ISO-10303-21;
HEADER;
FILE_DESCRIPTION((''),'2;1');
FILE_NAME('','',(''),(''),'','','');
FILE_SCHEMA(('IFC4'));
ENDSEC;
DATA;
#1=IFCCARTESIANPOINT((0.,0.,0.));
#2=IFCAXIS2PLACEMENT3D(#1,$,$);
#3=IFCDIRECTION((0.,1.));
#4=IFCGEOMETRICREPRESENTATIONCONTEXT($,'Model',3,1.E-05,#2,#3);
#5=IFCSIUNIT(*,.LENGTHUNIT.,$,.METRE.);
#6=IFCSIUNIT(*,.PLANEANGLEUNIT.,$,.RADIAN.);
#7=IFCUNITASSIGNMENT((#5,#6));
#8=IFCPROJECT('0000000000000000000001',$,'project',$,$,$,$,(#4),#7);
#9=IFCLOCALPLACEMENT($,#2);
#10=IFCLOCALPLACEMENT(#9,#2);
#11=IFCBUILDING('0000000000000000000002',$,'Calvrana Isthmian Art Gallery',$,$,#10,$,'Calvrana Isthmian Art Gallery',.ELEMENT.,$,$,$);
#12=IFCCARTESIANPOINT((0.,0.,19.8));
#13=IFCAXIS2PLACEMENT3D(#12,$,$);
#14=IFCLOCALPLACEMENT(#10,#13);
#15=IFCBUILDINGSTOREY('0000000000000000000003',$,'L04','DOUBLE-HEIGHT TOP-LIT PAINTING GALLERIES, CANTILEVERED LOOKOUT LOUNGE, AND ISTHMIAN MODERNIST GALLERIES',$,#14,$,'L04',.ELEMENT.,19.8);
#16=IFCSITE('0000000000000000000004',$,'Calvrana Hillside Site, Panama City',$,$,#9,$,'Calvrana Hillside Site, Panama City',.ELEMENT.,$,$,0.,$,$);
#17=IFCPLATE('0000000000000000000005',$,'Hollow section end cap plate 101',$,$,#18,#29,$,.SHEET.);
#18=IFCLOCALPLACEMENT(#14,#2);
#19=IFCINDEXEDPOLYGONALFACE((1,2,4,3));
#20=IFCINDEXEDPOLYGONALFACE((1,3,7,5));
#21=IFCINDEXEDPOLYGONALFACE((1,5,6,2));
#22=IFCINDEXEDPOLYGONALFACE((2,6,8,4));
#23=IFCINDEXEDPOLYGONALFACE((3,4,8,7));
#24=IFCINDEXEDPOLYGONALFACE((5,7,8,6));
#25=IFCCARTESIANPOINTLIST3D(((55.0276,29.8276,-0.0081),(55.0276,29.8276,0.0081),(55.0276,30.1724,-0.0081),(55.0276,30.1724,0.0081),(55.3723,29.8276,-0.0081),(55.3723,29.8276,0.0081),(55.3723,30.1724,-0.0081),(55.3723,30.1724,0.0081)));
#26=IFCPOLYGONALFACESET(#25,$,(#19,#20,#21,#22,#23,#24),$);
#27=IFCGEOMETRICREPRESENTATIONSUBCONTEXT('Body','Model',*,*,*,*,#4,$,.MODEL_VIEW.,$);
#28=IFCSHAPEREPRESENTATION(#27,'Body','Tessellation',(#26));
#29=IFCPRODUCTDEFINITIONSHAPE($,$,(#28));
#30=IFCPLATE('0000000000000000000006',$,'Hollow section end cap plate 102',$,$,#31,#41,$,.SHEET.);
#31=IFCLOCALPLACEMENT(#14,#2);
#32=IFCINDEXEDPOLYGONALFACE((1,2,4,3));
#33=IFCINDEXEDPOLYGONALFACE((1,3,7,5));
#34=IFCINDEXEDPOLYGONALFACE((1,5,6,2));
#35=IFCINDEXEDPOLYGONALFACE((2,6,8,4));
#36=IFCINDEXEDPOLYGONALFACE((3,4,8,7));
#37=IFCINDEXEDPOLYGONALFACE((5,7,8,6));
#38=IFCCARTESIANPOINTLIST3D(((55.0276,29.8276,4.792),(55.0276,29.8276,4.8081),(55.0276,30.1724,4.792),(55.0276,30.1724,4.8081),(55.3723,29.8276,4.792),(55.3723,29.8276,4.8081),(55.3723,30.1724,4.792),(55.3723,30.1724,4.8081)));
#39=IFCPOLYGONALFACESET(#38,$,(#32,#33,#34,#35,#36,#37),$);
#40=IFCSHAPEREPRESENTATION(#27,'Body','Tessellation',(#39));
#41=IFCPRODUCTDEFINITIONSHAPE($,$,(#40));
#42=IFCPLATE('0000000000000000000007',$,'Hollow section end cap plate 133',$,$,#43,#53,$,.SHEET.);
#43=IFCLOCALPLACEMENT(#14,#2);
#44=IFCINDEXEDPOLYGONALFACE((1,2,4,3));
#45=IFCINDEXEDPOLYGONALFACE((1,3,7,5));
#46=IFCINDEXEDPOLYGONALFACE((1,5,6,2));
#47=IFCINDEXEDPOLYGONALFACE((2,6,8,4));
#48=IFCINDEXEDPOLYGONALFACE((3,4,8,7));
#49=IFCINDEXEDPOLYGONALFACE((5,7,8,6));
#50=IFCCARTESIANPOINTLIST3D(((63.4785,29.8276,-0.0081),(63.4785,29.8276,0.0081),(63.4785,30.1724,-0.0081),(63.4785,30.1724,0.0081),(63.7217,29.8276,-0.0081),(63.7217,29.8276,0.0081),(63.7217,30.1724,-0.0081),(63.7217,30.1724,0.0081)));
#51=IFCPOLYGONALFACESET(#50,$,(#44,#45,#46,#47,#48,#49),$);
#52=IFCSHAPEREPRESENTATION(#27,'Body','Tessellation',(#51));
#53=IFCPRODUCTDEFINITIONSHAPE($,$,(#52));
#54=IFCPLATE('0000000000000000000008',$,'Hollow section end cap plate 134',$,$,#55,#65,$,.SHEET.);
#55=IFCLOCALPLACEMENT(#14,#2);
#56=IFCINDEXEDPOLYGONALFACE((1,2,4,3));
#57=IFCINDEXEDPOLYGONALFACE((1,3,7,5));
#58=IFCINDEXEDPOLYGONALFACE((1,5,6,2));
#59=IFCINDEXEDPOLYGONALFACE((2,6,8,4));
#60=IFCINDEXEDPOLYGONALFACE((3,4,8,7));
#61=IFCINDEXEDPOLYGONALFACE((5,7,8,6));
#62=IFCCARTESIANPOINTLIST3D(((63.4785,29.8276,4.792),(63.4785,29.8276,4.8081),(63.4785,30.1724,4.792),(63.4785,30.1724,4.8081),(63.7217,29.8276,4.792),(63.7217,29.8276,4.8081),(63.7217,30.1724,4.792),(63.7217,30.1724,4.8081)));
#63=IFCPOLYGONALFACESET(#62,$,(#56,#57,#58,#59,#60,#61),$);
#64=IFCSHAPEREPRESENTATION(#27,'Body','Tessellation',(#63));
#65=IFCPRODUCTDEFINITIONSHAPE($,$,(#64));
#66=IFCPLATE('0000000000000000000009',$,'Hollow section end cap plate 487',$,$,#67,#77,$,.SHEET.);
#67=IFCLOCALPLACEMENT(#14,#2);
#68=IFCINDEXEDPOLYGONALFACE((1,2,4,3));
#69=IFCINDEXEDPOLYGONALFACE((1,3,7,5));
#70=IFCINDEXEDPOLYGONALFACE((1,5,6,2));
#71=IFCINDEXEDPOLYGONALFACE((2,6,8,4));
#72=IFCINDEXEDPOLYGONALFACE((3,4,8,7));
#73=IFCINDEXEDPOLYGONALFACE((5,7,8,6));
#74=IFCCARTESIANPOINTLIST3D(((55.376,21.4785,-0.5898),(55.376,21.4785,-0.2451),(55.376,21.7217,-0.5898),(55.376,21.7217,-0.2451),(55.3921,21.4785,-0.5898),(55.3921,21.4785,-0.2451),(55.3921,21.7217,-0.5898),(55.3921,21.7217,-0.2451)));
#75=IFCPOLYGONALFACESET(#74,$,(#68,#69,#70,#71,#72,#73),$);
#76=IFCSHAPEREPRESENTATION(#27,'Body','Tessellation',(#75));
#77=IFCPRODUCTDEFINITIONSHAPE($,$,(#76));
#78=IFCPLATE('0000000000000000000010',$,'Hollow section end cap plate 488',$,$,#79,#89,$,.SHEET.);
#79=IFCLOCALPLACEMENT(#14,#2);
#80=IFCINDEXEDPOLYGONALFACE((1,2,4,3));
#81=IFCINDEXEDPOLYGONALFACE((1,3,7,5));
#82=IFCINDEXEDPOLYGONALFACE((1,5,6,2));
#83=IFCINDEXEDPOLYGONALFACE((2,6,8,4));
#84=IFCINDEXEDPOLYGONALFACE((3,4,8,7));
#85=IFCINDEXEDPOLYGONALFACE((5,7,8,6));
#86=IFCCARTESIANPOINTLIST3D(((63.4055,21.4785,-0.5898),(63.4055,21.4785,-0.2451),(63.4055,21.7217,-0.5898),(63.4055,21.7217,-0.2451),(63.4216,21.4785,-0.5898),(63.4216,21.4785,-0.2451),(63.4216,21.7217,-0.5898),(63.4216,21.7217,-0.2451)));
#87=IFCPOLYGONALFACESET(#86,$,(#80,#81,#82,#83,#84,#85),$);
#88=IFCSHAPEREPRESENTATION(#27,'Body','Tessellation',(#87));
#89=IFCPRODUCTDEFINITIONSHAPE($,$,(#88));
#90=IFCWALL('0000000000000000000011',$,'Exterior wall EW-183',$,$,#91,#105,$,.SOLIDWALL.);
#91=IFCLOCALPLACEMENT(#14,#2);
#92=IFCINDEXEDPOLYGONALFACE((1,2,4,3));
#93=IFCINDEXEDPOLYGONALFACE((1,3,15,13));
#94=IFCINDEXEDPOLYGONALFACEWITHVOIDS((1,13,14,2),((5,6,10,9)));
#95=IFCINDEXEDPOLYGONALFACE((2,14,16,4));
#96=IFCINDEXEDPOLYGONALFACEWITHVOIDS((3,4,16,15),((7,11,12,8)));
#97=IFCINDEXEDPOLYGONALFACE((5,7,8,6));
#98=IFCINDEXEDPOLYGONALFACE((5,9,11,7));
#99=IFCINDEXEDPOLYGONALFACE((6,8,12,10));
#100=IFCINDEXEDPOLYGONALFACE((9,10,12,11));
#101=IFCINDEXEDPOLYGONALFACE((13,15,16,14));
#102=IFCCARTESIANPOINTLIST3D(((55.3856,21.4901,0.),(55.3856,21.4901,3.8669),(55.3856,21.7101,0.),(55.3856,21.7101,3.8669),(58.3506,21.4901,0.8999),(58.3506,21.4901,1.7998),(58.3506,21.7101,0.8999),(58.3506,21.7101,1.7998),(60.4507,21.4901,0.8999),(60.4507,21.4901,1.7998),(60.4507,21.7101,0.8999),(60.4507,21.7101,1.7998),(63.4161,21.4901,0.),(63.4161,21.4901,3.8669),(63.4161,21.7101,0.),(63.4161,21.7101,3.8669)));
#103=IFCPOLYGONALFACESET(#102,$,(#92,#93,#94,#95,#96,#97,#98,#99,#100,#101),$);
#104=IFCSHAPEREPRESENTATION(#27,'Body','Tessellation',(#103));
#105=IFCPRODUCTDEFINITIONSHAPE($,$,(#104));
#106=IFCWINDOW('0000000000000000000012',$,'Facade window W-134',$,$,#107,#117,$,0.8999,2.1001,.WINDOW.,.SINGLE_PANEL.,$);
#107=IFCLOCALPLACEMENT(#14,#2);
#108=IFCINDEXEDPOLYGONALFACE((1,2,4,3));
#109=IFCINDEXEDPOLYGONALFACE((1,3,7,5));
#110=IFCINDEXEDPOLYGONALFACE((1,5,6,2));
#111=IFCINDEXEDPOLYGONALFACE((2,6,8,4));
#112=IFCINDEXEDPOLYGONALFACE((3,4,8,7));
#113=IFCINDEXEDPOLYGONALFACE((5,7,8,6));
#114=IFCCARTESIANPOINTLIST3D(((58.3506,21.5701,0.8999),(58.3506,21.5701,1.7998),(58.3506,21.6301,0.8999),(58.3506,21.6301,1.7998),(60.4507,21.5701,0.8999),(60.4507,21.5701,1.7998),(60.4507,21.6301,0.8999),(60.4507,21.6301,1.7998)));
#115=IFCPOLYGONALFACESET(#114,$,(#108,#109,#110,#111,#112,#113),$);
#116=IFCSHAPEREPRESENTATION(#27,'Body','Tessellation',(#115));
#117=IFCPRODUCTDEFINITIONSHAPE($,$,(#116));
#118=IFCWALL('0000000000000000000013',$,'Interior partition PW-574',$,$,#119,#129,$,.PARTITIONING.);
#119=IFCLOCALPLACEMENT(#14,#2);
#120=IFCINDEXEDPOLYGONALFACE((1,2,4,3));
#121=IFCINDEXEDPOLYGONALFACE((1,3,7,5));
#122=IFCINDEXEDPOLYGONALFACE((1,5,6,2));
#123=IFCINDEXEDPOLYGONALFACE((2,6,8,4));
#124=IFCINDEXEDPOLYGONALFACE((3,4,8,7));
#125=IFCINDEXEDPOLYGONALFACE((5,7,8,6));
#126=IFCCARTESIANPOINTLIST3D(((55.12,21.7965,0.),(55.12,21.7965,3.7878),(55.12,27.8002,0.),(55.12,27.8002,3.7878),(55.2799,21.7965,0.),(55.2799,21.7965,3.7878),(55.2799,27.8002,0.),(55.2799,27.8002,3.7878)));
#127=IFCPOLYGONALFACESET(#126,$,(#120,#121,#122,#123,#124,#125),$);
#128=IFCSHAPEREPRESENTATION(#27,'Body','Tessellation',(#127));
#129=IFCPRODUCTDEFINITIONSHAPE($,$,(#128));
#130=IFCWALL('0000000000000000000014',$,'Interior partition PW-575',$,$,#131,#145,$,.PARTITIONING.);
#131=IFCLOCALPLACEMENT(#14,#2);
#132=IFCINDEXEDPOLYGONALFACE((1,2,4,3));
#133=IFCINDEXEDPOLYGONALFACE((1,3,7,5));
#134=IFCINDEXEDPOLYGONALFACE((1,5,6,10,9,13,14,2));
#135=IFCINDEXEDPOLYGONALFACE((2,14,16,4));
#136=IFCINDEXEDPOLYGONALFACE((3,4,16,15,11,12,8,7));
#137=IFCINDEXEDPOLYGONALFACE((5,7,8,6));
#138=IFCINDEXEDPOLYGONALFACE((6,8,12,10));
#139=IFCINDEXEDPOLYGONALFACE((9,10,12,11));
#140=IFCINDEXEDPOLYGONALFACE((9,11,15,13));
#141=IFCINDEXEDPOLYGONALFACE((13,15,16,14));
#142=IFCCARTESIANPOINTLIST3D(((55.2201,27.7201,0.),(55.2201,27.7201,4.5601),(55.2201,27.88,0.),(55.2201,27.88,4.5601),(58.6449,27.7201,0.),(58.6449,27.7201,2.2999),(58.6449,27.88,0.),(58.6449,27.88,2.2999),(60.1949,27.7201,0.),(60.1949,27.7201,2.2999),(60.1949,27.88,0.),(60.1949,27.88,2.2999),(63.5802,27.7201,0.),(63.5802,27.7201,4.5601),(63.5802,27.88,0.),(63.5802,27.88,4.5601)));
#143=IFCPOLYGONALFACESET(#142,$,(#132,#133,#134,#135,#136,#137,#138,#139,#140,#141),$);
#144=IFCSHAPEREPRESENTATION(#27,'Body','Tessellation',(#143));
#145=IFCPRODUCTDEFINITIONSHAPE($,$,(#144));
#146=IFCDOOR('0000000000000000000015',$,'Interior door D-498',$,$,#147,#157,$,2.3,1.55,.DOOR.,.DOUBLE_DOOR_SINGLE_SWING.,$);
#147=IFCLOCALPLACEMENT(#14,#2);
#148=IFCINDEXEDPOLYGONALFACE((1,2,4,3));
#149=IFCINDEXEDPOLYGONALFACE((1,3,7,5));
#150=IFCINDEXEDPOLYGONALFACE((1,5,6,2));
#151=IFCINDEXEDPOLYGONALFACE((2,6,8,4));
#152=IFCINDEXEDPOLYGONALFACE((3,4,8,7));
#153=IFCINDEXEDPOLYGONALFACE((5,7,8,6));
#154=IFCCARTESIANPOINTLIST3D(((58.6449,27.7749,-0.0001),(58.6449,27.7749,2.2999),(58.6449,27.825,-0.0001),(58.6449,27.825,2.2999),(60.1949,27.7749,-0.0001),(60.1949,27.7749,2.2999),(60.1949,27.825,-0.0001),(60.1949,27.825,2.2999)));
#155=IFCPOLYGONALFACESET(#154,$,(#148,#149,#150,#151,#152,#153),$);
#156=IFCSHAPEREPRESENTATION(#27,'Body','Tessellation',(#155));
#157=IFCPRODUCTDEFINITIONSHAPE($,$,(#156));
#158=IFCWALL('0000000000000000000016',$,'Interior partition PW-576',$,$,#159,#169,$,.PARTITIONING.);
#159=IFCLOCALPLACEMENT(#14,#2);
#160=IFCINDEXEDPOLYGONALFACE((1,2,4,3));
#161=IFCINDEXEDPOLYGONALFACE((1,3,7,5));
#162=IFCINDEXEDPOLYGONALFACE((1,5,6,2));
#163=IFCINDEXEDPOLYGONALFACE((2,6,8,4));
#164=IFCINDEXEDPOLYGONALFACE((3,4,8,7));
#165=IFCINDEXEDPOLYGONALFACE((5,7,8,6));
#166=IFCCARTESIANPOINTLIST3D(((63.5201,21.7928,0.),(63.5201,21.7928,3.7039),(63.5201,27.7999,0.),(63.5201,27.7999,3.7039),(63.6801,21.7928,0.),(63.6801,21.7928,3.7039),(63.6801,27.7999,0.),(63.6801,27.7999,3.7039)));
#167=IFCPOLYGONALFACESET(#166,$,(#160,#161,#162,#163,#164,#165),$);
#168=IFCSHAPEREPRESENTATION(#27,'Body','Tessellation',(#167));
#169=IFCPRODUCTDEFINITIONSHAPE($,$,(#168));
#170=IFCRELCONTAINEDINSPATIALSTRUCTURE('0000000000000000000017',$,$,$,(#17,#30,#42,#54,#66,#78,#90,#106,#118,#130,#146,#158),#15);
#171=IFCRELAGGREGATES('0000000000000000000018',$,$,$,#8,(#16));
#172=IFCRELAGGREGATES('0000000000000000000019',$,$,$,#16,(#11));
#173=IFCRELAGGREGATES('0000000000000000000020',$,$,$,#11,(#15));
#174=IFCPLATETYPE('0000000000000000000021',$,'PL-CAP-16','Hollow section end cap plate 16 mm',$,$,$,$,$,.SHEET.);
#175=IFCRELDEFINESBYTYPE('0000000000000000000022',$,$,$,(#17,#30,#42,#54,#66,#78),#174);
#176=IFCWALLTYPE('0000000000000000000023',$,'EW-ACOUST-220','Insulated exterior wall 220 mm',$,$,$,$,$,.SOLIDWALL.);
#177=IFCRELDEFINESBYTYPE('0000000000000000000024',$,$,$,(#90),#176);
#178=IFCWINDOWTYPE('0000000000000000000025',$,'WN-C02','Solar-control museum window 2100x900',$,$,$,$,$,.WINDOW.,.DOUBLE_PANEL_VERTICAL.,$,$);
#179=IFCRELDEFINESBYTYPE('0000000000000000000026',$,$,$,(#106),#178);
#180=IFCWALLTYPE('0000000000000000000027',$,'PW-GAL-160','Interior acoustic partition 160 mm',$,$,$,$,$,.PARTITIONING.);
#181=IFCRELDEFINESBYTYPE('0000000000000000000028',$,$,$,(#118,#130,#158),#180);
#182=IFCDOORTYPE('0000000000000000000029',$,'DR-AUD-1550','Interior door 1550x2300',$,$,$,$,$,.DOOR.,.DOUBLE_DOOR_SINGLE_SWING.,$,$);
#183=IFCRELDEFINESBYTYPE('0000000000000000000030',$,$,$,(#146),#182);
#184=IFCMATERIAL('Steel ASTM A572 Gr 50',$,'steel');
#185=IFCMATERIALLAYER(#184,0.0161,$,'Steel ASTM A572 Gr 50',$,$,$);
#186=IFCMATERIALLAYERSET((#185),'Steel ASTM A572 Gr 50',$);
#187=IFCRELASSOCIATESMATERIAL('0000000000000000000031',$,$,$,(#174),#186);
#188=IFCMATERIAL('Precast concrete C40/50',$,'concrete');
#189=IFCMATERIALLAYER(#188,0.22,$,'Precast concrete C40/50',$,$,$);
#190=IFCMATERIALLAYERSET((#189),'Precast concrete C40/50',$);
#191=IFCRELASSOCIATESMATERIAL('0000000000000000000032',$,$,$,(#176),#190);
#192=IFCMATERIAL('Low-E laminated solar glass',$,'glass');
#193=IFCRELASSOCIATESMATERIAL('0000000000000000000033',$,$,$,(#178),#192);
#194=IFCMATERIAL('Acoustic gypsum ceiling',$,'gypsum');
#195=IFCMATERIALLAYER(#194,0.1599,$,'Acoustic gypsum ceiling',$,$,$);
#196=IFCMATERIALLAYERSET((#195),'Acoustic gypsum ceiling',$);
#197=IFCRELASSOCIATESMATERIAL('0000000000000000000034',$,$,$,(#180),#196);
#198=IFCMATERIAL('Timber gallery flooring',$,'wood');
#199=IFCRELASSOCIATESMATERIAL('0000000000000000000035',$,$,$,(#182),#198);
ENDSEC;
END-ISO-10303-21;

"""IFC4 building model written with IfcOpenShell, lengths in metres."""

from ifc_helpers import new_model, si_unit, direction, frame, frame_2d, origin, origin_2d, place, context, subcontext, project, spatial, rectangle, extrude, material, layer, layer_set, type_object, element, fill, save


model = new_model("IFC4")

# Units and contexts
model_context = context("Model", 3, precision=1e-05, world=origin(), true_north=direction((0.0, 1.0)))
body_context = subcontext(model_context, "Body", "Model", "MODEL_VIEW")
ifc_project = project(units=[si_unit("LENGTHUNIT", "METRE"), si_unit("PLANEANGLEUNIT", "RADIAN")], contexts=[model_context])

# Site, building, storey
site_placement = place(None, origin())
site = spatial("IfcSite", under=ifc_project, at=site_placement, Name="Calvrana Hillside Site, Panama City", LongName="Calvrana Hillside Site, Panama City", CompositionType="ELEMENT", RefElevation=0.0)
building_placement = place(site_placement, origin())
building = spatial("IfcBuilding", under=site, at=building_placement, Name="Calvrana Isthmian Art Gallery", LongName="Calvrana Isthmian Art Gallery", CompositionType="ELEMENT")
storey_placement = place(building_placement, frame((0.0, 0.0, 19.8)))
storey = spatial("IfcBuildingStorey", under=building, at=storey_placement, Name="L04", Description="DOUBLE-HEIGHT TOP-LIT PAINTING GALLERIES, CANTILEVERED LOOKOUT LOUNGE, AND ISTHMIAN MODERNIST GALLERIES", LongName="L04", CompositionType="ELEMENT", Elevation=19.8)

# Plates
ifc_material_1 = material(Name="Steel ASTM A572 Gr 50", Category="steel")
ifc_layer_1 = layer(ifc_material_1, 0.0161, Name="Steel ASTM A572 Gr 50")
ifc_layer_set_1 = layer_set([ifc_layer_1], Name="Steel ASTM A572 Gr 50")
plate_type = type_object("IfcPlateType", Name="PL-CAP-16", Description="Hollow section end cap plate 16 mm", PredefinedType="SHEET", material=ifc_layer_set_1)
for number, where, z_axis, x_axis, name in (
    (1, (55.2, 30.0, -0.0081), (0.0, 0.0, 1.0), (1.0, 0.0, 0.0), "Hollow section end cap plate 101"),
    (2, (55.2, 30.0, 4.792), (0.0, 0.0, 1.0), (1.0, 0.0, 0.0), "Hollow section end cap plate 102"),
):
    element("IfcPlate", number, at=place(storey_placement, frame(where, z_axis=z_axis, x_axis=x_axis)), inside=storey, type_object=plate_type, Name=name, PredefinedType="SHEET", context=body_context, shape_type="SweptSolid", body=[
        extrude(rectangle(XDim=0.3447, YDim=0.3447, at=origin_2d()), origin(), (0.0, 0.0, 1.0), 0.0161),
    ])
for number, where, z_axis, x_axis, name in (
    (3, (63.6001, 30.0, -0.0081), (0.0, 0.0, 1.0), (1.0, 0.0, 0.0), "Hollow section end cap plate 133"),
    (4, (63.6001, 30.0, 4.792), (0.0, 0.0, 1.0), (1.0, 0.0, 0.0), "Hollow section end cap plate 134"),
):
    element("IfcPlate", number, at=place(storey_placement, frame(where, z_axis=z_axis, x_axis=x_axis)), inside=storey, type_object=plate_type, Name=name, PredefinedType="SHEET", context=body_context, shape_type="SweptSolid", body=[
        extrude(rectangle(XDim=0.2432, YDim=0.3447, at=origin_2d()), origin(), (0.0, 0.0, 1.0), 0.0161),
    ])
for number, where, z_axis, x_axis, name in (
    (5, (55.384, 21.6001, -0.5898), (0.0, 0.0, 1.0), (1.0, 0.0, 0.0), "Hollow section end cap plate 487"),
    (6, (63.4136, 21.6001, -0.5898), (0.0, 0.0, 1.0), (1.0, 0.0, 0.0), "Hollow section end cap plate 488"),
):
    element("IfcPlate", number, at=place(storey_placement, frame(where, z_axis=z_axis, x_axis=x_axis)), inside=storey, type_object=plate_type, Name=name, PredefinedType="SHEET", context=body_context, shape_type="SweptSolid", body=[
        extrude(rectangle(XDim=0.0161, YDim=0.2432, at=origin_2d()), origin(), (0.0, 0.0, 1.0), 0.3447),
    ])

# Wall, opening, window
ifc_material_2 = material(Name="Precast concrete C40/50", Category="concrete")
ifc_layer_2 = layer(ifc_material_2, 0.22, Name="Precast concrete C40/50")
ifc_layer_set_2 = layer_set([ifc_layer_2], Name="Precast concrete C40/50")
wall_type_1 = type_object("IfcWallType", Name="EW-ACOUST-220", Description="Insulated exterior wall 220 mm", PredefinedType="SOLIDWALL", material=ifc_layer_set_2)
wall_1_placement = place(storey_placement, frame((63.416, 21.6001, 0.0), z_axis=(0.0, 0.0, 1.0), x_axis=(-1.0, 0.0, 0.0)))
wall_1 = element("IfcWall", 7, at=wall_1_placement, inside=storey, type_object=wall_type_1, Name="Exterior wall EW-183", PredefinedType="SOLIDWALL", context=body_context, shape_type="SweptSolid", body=[
    extrude(rectangle(XDim=8.0305, YDim=0.22, at=frame_2d((4.0151, 0.0))), origin(), (0.0, 0.0, 1.0), 3.8669),
])
opening_1_placement = place(wall_1_placement, frame((2.9653, 0.0, 0.8999)))
opening_1 = element("IfcOpeningElement", 8, at=opening_1_placement, cuts=wall_1, PredefinedType="OPENING", context=body_context, shape_type="SweptSolid", body=[
    extrude(rectangle(XDim=2.1001, YDim=0.8999, at=frame_2d((1.05, 0.45))), frame((0.0, 0.1201, 0.0), z_axis=(0.0, -1.0, 0.0), x_axis=(1.0, 0.0, 0.0)), (0.0, 0.0, 1.0), 0.2405),
])
ifc_material_3 = material(Name="Low-E laminated solar glass", Category="glass")
window_type = type_object("IfcWindowType", Name="WN-C02", Description="Solar-control museum window 2100x900", PartitioningType="DOUBLE_PANEL_VERTICAL", PredefinedType="WINDOW", material=ifc_material_3)
window_placement = place(opening_1_placement, origin())
window = element("IfcWindow", 9, at=window_placement, inside=storey, type_object=window_type, Name="Facade window W-134", OverallHeight=0.8999, OverallWidth=2.1001, PartitioningType="SINGLE_PANEL", PredefinedType="WINDOW", context=body_context, shape_type="SweptSolid", body=[
    extrude(rectangle(XDim=2.1001, YDim=0.8999, at=frame_2d((1.05, 0.45))), frame((0.0, 0.03, 0.0), z_axis=(0.0, -1.0, 0.0), x_axis=(1.0, 0.0, 0.0)), (0.0, 0.0, 1.0), 0.0601),
])
fill(opening_1, window)

# Wall
ifc_material_4 = material(Name="Acoustic gypsum ceiling", Category="gypsum")
ifc_layer_3 = layer(ifc_material_4, 0.1599, Name="Acoustic gypsum ceiling")
ifc_layer_set_3 = layer_set([ifc_layer_3], Name="Acoustic gypsum ceiling")
wall_type_2 = type_object("IfcWallType", Name="PW-GAL-160", Description="Interior acoustic partition 160 mm", PredefinedType="PARTITIONING", material=ifc_layer_set_3)
wall_2_placement = place(storey_placement, frame((55.2, 21.7964, 0.0), z_axis=(0.0, 0.0, 1.0), x_axis=(0.0, 1.0, 0.0)))
element("IfcWall", 10, at=wall_2_placement, inside=storey, type_object=wall_type_2, Name="Interior partition PW-574", PredefinedType="PARTITIONING", context=body_context, shape_type="SweptSolid", body=[
    extrude(rectangle(XDim=6.0037, YDim=0.1599, at=frame_2d((3.002, 0.0))), origin(), (0.0, 0.0, 1.0), 3.7878),
])

# Wall, opening, door
wall_3_placement = place(storey_placement, frame((55.22, 27.8, 0.0), z_axis=(0.0, 0.0, 1.0), x_axis=(1.0, 0.0, 0.0)))
wall_3 = element("IfcWall", 11, at=wall_3_placement, inside=storey, type_object=wall_type_2, Name="Interior partition PW-575", PredefinedType="PARTITIONING", context=body_context, shape_type="SweptSolid", body=[
    extrude(rectangle(XDim=8.3601, YDim=0.1599, at=frame_2d((4.1802, 0.0))), origin(), (0.0, 0.0, 1.0), 4.5601),
])
opening_2_placement = place(wall_3_placement, frame((3.425, 0.0, 0.0)))
opening_2 = element("IfcOpeningElement", 12, at=opening_2_placement, cuts=wall_3, PredefinedType="OPENING", context=body_context, shape_type="SweptSolid", body=[
    extrude(rectangle(XDim=1.55, YDim=2.3, at=frame_2d((0.7749, 1.1499))), frame((0.0, 0.0903, 0.0), z_axis=(0.0, -1.0, 0.0), x_axis=(1.0, 0.0, 0.0)), (0.0, 0.0, 1.0), 0.1804),
])
ifc_material_5 = material(Name="Timber gallery flooring", Category="wood")
door_type = type_object("IfcDoorType", Name="DR-AUD-1550", Description="Interior door 1550x2300", OperationType="DOUBLE_DOOR_SINGLE_SWING", PredefinedType="DOOR", material=ifc_material_5)
door_placement = place(opening_2_placement, origin())
door = element("IfcDoor", 13, at=door_placement, inside=storey, type_object=door_type, Name="Interior door D-498", OperationType="DOUBLE_DOOR_SINGLE_SWING", OverallHeight=2.3, OverallWidth=1.55, PredefinedType="DOOR", context=body_context, shape_type="SweptSolid", body=[
    extrude(rectangle(XDim=1.55, YDim=2.3, at=frame_2d((0.7749, 1.1499))), frame((0.0, 0.0249, 0.0), z_axis=(0.0, -1.0, 0.0), x_axis=(1.0, 0.0, 0.0)), (0.0, 0.0, 1.0), 0.05),
])
fill(opening_2, door)

# Wall
wall_4_placement = place(storey_placement, frame((63.6001, 21.793, 0.0), z_axis=(0.0, 0.0, 1.0), x_axis=(0.0, 1.0, 0.0)))
element("IfcWall", 14, at=wall_4_placement, inside=storey, type_object=wall_type_2, Name="Interior partition PW-576", PredefinedType="PARTITIONING", context=body_context, shape_type="SweptSolid", body=[
    extrude(rectangle(XDim=6.0071, YDim=0.1599, at=frame_2d((3.0034, 0.0))), origin(), (0.0, 0.0, 1.0), 3.7039),
])

save(model, "model.ifc")
